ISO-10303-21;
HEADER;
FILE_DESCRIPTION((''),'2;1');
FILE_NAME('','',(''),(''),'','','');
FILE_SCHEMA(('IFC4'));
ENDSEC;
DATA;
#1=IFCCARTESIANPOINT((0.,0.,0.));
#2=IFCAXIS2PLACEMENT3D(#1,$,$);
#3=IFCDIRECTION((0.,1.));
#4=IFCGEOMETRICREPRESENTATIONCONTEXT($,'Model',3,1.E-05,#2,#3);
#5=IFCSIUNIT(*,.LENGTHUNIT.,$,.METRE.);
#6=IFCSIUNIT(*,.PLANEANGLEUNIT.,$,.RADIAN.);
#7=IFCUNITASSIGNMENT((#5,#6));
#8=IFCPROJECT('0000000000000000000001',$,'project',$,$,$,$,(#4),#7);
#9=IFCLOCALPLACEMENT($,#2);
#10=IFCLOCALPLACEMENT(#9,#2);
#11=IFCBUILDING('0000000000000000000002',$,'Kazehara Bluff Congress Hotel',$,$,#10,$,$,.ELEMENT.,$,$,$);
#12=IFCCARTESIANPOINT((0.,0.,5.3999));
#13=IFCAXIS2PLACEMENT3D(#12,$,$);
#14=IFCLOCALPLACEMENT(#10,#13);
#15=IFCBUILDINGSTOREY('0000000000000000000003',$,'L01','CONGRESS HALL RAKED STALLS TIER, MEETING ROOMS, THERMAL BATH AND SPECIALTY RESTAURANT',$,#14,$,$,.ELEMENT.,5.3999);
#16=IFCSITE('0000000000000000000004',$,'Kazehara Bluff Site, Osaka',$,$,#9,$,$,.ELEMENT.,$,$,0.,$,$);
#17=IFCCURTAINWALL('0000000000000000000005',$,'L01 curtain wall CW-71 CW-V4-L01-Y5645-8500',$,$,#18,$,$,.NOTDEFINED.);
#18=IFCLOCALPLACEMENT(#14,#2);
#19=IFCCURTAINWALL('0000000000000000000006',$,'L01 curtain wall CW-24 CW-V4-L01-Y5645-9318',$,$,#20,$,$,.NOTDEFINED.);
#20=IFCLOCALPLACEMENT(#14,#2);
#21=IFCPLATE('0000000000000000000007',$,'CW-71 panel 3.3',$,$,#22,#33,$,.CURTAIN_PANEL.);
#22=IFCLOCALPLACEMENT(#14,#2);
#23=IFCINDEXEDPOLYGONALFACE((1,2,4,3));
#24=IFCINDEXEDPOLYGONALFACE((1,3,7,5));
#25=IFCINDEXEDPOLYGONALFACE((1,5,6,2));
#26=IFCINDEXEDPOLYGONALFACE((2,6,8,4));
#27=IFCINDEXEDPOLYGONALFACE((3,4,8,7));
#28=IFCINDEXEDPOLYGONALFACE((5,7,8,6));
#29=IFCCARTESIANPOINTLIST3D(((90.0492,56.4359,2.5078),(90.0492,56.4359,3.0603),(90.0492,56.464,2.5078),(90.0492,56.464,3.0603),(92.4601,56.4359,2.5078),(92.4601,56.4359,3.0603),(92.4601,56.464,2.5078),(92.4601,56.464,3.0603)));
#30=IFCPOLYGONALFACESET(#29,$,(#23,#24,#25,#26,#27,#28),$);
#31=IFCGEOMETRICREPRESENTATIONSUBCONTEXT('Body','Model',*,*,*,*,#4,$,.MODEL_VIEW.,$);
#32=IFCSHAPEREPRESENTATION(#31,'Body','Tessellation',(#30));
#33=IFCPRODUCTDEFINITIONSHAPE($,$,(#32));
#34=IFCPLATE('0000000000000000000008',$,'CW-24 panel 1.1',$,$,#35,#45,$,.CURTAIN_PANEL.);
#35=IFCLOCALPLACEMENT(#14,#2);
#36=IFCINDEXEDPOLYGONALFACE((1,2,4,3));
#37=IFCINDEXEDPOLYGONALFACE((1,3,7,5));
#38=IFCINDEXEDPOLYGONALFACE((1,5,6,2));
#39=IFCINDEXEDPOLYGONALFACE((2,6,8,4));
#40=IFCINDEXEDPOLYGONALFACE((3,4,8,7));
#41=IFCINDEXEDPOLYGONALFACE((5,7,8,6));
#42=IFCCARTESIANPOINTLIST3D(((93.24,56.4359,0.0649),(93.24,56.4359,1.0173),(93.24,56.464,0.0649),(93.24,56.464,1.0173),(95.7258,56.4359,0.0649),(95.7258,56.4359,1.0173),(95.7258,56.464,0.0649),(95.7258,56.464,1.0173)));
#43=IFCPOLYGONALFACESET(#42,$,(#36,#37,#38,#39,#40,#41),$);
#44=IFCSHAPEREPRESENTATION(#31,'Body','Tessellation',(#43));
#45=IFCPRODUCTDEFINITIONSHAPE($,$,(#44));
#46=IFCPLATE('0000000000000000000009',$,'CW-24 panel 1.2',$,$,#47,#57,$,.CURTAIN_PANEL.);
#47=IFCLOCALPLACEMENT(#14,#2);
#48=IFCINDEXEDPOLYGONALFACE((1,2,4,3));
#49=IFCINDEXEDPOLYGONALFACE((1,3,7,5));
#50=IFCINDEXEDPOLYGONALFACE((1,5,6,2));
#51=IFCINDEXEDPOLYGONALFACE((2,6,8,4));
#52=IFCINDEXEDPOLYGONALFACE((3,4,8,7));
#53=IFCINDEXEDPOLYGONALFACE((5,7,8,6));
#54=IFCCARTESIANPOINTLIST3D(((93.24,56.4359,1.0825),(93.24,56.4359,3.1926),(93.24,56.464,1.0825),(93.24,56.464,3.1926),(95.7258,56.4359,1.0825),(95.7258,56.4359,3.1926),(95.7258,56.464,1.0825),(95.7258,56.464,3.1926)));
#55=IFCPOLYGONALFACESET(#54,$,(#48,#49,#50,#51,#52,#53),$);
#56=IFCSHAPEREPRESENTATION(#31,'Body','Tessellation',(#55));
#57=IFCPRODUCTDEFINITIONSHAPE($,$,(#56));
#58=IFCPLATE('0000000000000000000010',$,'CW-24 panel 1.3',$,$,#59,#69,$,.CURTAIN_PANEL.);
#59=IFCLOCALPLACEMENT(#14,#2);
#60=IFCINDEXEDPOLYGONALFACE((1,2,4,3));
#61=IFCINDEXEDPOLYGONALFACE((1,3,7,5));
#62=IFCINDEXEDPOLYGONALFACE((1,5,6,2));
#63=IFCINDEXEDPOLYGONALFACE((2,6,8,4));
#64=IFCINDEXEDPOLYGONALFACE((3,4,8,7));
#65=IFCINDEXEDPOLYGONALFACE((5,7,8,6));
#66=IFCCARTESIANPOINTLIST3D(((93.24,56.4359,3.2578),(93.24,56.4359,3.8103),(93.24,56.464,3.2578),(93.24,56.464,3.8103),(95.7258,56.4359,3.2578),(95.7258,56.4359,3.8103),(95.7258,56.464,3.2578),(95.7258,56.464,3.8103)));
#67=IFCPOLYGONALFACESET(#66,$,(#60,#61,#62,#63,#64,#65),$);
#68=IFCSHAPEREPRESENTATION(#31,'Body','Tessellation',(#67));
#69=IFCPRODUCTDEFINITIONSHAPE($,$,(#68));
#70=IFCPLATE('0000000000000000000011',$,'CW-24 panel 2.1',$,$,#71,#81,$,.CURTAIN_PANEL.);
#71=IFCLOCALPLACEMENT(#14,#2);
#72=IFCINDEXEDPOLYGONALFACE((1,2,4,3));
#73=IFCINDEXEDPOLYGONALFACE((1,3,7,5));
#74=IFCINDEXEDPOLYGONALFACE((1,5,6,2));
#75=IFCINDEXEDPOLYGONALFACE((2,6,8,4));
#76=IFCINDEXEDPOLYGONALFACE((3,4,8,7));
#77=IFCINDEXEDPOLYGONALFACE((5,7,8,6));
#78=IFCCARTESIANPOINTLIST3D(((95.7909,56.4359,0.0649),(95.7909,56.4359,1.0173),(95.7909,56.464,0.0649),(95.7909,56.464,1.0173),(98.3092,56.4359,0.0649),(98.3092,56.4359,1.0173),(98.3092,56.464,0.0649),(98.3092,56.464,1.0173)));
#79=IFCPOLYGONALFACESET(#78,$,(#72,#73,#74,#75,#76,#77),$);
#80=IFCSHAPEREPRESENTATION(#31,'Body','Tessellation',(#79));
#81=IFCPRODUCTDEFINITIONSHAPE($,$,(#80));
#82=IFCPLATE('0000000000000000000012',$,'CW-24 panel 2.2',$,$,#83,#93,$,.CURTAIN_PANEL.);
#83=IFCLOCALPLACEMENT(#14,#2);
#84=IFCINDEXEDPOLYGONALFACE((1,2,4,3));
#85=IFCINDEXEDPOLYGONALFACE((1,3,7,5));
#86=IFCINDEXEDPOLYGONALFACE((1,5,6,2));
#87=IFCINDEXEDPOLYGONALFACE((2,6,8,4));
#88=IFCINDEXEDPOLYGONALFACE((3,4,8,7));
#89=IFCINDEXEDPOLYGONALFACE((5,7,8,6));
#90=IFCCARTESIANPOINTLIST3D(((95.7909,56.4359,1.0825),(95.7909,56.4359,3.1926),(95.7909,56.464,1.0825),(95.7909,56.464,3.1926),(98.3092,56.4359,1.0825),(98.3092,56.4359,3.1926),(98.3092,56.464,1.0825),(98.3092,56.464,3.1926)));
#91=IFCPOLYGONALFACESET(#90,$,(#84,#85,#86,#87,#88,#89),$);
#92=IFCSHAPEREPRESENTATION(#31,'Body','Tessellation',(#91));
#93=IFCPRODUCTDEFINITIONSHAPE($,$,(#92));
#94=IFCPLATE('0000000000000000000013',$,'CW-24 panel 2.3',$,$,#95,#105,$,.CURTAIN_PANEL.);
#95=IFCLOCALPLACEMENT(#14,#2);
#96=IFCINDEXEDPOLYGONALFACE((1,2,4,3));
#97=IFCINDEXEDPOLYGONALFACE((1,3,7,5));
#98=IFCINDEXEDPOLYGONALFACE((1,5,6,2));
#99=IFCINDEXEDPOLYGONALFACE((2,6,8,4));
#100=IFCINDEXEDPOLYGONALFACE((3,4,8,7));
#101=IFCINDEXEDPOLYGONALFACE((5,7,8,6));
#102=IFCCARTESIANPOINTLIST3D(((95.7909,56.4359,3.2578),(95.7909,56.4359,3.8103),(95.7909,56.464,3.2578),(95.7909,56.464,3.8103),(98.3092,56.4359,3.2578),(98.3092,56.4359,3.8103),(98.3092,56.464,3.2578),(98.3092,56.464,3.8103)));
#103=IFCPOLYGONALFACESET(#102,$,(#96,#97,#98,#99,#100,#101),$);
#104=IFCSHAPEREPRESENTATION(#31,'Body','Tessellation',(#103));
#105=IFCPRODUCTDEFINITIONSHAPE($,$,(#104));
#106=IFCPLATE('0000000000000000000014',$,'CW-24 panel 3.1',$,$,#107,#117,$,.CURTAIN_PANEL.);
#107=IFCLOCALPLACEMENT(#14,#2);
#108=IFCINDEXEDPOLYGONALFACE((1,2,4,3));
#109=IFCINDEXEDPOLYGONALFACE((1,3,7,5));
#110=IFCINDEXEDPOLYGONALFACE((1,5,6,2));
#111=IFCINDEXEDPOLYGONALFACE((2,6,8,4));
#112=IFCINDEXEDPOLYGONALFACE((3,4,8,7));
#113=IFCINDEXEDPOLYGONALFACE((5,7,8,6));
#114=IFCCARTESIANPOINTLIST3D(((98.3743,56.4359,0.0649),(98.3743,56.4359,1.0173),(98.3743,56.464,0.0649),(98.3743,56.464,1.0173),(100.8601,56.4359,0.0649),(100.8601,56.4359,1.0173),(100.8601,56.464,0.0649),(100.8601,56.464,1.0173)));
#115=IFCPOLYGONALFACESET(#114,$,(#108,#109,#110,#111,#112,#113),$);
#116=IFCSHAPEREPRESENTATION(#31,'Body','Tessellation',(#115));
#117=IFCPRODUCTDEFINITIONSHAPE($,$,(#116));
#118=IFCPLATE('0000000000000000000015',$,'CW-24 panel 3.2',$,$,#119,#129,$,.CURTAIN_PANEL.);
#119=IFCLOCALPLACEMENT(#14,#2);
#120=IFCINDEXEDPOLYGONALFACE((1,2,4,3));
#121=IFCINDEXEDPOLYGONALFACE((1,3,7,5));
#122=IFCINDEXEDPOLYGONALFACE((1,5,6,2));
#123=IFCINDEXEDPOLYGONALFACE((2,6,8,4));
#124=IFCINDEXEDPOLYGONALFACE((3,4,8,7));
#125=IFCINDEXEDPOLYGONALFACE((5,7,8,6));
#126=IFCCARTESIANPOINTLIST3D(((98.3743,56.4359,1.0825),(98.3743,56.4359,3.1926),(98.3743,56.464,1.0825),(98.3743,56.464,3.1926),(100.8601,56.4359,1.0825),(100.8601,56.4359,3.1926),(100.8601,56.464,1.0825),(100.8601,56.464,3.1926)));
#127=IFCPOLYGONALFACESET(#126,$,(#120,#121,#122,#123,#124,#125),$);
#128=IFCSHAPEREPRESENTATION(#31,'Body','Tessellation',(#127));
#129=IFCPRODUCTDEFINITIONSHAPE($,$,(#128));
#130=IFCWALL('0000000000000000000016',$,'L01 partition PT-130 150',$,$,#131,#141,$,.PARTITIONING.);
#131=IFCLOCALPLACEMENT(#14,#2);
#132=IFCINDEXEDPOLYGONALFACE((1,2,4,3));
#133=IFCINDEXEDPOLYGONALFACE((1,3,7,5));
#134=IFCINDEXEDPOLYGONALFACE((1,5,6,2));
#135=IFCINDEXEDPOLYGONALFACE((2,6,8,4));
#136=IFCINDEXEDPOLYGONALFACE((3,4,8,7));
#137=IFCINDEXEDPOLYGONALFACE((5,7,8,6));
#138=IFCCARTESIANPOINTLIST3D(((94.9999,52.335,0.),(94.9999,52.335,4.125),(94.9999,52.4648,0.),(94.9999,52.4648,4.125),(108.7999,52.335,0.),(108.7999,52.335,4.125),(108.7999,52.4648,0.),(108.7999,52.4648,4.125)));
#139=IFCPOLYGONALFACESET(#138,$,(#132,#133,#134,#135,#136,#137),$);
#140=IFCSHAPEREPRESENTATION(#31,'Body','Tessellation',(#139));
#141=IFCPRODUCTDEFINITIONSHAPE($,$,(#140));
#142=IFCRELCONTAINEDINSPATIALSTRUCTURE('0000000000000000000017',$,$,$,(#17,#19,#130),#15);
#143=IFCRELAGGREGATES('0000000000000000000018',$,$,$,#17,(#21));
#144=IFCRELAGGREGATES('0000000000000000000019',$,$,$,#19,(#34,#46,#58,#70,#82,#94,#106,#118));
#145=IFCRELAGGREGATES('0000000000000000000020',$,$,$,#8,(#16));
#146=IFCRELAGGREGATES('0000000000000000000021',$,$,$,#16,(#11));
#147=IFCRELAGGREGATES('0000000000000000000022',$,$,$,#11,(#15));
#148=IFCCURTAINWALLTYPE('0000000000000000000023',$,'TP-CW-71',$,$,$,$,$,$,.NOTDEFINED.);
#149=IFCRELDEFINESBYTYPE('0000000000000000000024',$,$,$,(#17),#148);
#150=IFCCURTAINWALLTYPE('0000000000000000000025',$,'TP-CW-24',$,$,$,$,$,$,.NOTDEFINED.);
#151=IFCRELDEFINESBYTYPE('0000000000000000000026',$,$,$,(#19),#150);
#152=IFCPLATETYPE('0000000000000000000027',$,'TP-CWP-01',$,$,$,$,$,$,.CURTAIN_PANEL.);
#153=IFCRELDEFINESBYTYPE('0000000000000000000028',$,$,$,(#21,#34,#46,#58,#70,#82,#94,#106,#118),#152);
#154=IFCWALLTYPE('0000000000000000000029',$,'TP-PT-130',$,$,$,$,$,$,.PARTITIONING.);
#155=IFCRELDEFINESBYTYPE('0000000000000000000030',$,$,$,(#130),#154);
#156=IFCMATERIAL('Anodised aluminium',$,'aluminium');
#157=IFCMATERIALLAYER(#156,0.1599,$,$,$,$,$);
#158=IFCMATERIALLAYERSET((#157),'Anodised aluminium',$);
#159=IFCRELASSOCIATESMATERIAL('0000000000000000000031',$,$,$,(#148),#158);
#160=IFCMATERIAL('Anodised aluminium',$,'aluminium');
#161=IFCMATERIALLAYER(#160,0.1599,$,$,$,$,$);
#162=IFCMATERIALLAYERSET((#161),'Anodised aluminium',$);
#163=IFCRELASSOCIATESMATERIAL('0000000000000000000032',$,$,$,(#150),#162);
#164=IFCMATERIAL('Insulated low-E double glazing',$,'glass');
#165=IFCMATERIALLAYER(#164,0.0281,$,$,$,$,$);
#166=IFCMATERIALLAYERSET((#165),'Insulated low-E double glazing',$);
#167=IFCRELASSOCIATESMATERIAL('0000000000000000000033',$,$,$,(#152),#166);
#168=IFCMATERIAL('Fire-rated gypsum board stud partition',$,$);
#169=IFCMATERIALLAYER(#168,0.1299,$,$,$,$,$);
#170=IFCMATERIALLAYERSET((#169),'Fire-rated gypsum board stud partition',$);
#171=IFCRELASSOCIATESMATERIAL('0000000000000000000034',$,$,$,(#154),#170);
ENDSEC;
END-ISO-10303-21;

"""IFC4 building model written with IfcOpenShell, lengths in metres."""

from ifc_helpers import new_model, si_unit, direction, frame, frame_2d, origin, origin_2d, place, context, subcontext, project, spatial, rectangle, extrude, material, layer, layer_set, type_object, element, aggregate, save


model = new_model("IFC4")

# Units and contexts
model_context = context("Model", 3, precision=1e-05, world=origin(), true_north=direction((0.0, 1.0)))
body_context = subcontext(model_context, "Body", "Model", "MODEL_VIEW")
ifc_project = project(units=[si_unit("LENGTHUNIT", "METRE"), si_unit("PLANEANGLEUNIT", "RADIAN")], contexts=[model_context])

# Site, building, storey
site_placement = place(None, origin())
site = spatial("IfcSite", under=ifc_project, at=site_placement, Name="Kazehara Bluff Site, Osaka", CompositionType="ELEMENT", RefElevation=0.0)
building_placement = place(site_placement, origin())
building = spatial("IfcBuilding", under=site, at=building_placement, Name="Kazehara Bluff Congress Hotel", CompositionType="ELEMENT")
storey_placement = place(building_placement, frame((0.0, 0.0, 5.3999)))
storey = spatial("IfcBuildingStorey", under=building, at=storey_placement, Name="L01", Description="CONGRESS HALL RAKED STALLS TIER, MEETING ROOMS, THERMAL BATH AND SPECIALTY RESTAURANT", CompositionType="ELEMENT", Elevation=5.3999)

# Curtain wall
ifc_material_1 = material(Name="Anodised aluminium", Category="aluminium")
ifc_layer_1 = layer(ifc_material_1, 0.1599)
ifc_layer_set_1 = layer_set([ifc_layer_1], Name="Anodised aluminium")
curtain_wall_type_1 = type_object("IfcCurtainWallType", Name="TP-CW-71", PredefinedType="NOTDEFINED", material=ifc_layer_set_1)
curtain_wall_1_placement = place(storey_placement, origin())
curtain_wall_1 = element("IfcCurtainWall", 1, at=curtain_wall_1_placement, inside=storey, type_object=curtain_wall_type_1, Name="L01 curtain wall CW-71 CW-V4-L01-Y5645-8500", PredefinedType="NOTDEFINED")

# Curtain wall
ifc_material_2 = material(Name="Anodised aluminium", Category="aluminium")
ifc_layer_2 = layer(ifc_material_2, 0.1599)
ifc_layer_set_2 = layer_set([ifc_layer_2], Name="Anodised aluminium")
curtain_wall_type_2 = type_object("IfcCurtainWallType", Name="TP-CW-24", PredefinedType="NOTDEFINED", material=ifc_layer_set_2)
curtain_wall_2_placement = place(storey_placement, origin())
curtain_wall_2 = element("IfcCurtainWall", 2, at=curtain_wall_2_placement, inside=storey, type_object=curtain_wall_type_2, Name="L01 curtain wall CW-24 CW-V4-L01-Y5645-9318", PredefinedType="NOTDEFINED")

# Plates
ifc_material_3 = material(Name="Insulated low-E double glazing", Category="glass")
ifc_layer_3 = layer(ifc_material_3, 0.0281)
ifc_layer_set_3 = layer_set([ifc_layer_3], Name="Insulated low-E double glazing")
plate_type = type_object("IfcPlateType", Name="TP-CWP-01", PredefinedType="CURTAIN_PANEL", material=ifc_layer_set_3)
plate_1_placement = place(storey_placement, frame((91.2546, 56.45, 2.5078), z_axis=(0.0, 0.0, 1.0), x_axis=(1.0, 0.0, 0.0)))
plate_1 = element("IfcPlate", 3, at=plate_1_placement, type_object=plate_type, Name="CW-71 panel 3.3", PredefinedType="CURTAIN_PANEL", context=body_context, shape_type="SweptSolid", body=[
    extrude(rectangle(XDim=2.4109, YDim=0.0281, at=origin_2d()), origin(), (0.0, 0.0, 1.0), 0.5525),
])
aggregate(curtain_wall_1, [plate_1])
plate_2_placement = place(storey_placement, frame((94.4829, 56.45, 0.0649), z_axis=(0.0, 0.0, 1.0), x_axis=(1.0, 0.0, 0.0)))
plate_2 = element("IfcPlate", 4, at=plate_2_placement, type_object=plate_type, Name="CW-24 panel 1.1", PredefinedType="CURTAIN_PANEL", context=body_context, shape_type="SweptSolid", body=[
    extrude(rectangle(XDim=2.4858, YDim=0.0281, at=origin_2d()), origin(), (0.0, 0.0, 1.0), 0.9524),
])
plate_3_placement = place(storey_placement, frame((94.4829, 56.45, 1.0825), z_axis=(0.0, 0.0, 1.0), x_axis=(1.0, 0.0, 0.0)))
plate_3 = element("IfcPlate", 5, at=plate_3_placement, type_object=plate_type, Name="CW-24 panel 1.2", PredefinedType="CURTAIN_PANEL", context=body_context, shape_type="SweptSolid", body=[
    extrude(rectangle(XDim=2.4858, YDim=0.0281, at=origin_2d()), origin(), (0.0, 0.0, 1.0), 2.1101),
])
plate_4_placement = place(storey_placement, frame((94.4829, 56.45, 3.2578), z_axis=(0.0, 0.0, 1.0), x_axis=(1.0, 0.0, 0.0)))
plate_4 = element("IfcPlate", 6, at=plate_4_placement, type_object=plate_type, Name="CW-24 panel 1.3", PredefinedType="CURTAIN_PANEL", context=body_context, shape_type="SweptSolid", body=[
    extrude(rectangle(XDim=2.4858, YDim=0.0281, at=origin_2d()), origin(), (0.0, 0.0, 1.0), 0.5525),
])
plate_5_placement = place(storey_placement, frame((97.05, 56.45, 0.0649), z_axis=(0.0, 0.0, 1.0), x_axis=(1.0, 0.0, 0.0)))
plate_5 = element("IfcPlate", 7, at=plate_5_placement, type_object=plate_type, Name="CW-24 panel 2.1", PredefinedType="CURTAIN_PANEL", context=body_context, shape_type="SweptSolid", body=[
    extrude(rectangle(XDim=2.5183, YDim=0.0281, at=origin_2d()), origin(), (0.0, 0.0, 1.0), 0.9524),
])
plate_6_placement = place(storey_placement, frame((97.05, 56.45, 1.0825), z_axis=(0.0, 0.0, 1.0), x_axis=(1.0, 0.0, 0.0)))
plate_6 = element("IfcPlate", 8, at=plate_6_placement, type_object=plate_type, Name="CW-24 panel 2.2", PredefinedType="CURTAIN_PANEL", context=body_context, shape_type="SweptSolid", body=[
    extrude(rectangle(XDim=2.5183, YDim=0.0281, at=origin_2d()), origin(), (0.0, 0.0, 1.0), 2.1101),
])
plate_7_placement = place(storey_placement, frame((97.05, 56.45, 3.2578), z_axis=(0.0, 0.0, 1.0), x_axis=(1.0, 0.0, 0.0)))
plate_7 = element("IfcPlate", 9, at=plate_7_placement, type_object=plate_type, Name="CW-24 panel 2.3", PredefinedType="CURTAIN_PANEL", context=body_context, shape_type="SweptSolid", body=[
    extrude(rectangle(XDim=2.5183, YDim=0.0281, at=origin_2d()), origin(), (0.0, 0.0, 1.0), 0.5525),
])
plate_8_placement = place(storey_placement, frame((99.6172, 56.45, 0.0649), z_axis=(0.0, 0.0, 1.0), x_axis=(1.0, 0.0, 0.0)))
plate_8 = element("IfcPlate", 10, at=plate_8_placement, type_object=plate_type, Name="CW-24 panel 3.1", PredefinedType="CURTAIN_PANEL", context=body_context, shape_type="SweptSolid", body=[
    extrude(rectangle(XDim=2.4858, YDim=0.0281, at=origin_2d()), origin(), (0.0, 0.0, 1.0), 0.9524),
])
plate_9_placement = place(storey_placement, frame((99.6172, 56.45, 1.0825), z_axis=(0.0, 0.0, 1.0), x_axis=(1.0, 0.0, 0.0)))
plate_9 = element("IfcPlate", 11, at=plate_9_placement, type_object=plate_type, Name="CW-24 panel 3.2", PredefinedType="CURTAIN_PANEL", context=body_context, shape_type="SweptSolid", body=[
    extrude(rectangle(XDim=2.4858, YDim=0.0281, at=origin_2d()), origin(), (0.0, 0.0, 1.0), 2.1101),
])
aggregate(curtain_wall_2, [plate_2, plate_3, plate_4, plate_5, plate_6, plate_7, plate_8, plate_9])

# Wall
ifc_material_4 = material(Name="Fire-rated gypsum board stud partition")
ifc_layer_4 = layer(ifc_material_4, 0.1299)
ifc_layer_set_4 = layer_set([ifc_layer_4], Name="Fire-rated gypsum board stud partition")
wall_type = type_object("IfcWallType", Name="TP-PT-130", PredefinedType="PARTITIONING", material=ifc_layer_set_4)
wall_placement = place(storey_placement, frame((95.0, 52.3999, 0.0), z_axis=(0.0, 0.0, 1.0), x_axis=(1.0, 0.0, 0.0)))
element("IfcWall", 12, at=wall_placement, inside=storey, type_object=wall_type, Name="L01 partition PT-130 150", PredefinedType="PARTITIONING", context=body_context, shape_type="SweptSolid", body=[
    extrude(rectangle(XDim=13.8, YDim=0.1299, at=frame_2d((6.8999, 0.0))), origin(), (0.0, 0.0, 1.0), 4.125),
])

save(model, "model.ifc")
